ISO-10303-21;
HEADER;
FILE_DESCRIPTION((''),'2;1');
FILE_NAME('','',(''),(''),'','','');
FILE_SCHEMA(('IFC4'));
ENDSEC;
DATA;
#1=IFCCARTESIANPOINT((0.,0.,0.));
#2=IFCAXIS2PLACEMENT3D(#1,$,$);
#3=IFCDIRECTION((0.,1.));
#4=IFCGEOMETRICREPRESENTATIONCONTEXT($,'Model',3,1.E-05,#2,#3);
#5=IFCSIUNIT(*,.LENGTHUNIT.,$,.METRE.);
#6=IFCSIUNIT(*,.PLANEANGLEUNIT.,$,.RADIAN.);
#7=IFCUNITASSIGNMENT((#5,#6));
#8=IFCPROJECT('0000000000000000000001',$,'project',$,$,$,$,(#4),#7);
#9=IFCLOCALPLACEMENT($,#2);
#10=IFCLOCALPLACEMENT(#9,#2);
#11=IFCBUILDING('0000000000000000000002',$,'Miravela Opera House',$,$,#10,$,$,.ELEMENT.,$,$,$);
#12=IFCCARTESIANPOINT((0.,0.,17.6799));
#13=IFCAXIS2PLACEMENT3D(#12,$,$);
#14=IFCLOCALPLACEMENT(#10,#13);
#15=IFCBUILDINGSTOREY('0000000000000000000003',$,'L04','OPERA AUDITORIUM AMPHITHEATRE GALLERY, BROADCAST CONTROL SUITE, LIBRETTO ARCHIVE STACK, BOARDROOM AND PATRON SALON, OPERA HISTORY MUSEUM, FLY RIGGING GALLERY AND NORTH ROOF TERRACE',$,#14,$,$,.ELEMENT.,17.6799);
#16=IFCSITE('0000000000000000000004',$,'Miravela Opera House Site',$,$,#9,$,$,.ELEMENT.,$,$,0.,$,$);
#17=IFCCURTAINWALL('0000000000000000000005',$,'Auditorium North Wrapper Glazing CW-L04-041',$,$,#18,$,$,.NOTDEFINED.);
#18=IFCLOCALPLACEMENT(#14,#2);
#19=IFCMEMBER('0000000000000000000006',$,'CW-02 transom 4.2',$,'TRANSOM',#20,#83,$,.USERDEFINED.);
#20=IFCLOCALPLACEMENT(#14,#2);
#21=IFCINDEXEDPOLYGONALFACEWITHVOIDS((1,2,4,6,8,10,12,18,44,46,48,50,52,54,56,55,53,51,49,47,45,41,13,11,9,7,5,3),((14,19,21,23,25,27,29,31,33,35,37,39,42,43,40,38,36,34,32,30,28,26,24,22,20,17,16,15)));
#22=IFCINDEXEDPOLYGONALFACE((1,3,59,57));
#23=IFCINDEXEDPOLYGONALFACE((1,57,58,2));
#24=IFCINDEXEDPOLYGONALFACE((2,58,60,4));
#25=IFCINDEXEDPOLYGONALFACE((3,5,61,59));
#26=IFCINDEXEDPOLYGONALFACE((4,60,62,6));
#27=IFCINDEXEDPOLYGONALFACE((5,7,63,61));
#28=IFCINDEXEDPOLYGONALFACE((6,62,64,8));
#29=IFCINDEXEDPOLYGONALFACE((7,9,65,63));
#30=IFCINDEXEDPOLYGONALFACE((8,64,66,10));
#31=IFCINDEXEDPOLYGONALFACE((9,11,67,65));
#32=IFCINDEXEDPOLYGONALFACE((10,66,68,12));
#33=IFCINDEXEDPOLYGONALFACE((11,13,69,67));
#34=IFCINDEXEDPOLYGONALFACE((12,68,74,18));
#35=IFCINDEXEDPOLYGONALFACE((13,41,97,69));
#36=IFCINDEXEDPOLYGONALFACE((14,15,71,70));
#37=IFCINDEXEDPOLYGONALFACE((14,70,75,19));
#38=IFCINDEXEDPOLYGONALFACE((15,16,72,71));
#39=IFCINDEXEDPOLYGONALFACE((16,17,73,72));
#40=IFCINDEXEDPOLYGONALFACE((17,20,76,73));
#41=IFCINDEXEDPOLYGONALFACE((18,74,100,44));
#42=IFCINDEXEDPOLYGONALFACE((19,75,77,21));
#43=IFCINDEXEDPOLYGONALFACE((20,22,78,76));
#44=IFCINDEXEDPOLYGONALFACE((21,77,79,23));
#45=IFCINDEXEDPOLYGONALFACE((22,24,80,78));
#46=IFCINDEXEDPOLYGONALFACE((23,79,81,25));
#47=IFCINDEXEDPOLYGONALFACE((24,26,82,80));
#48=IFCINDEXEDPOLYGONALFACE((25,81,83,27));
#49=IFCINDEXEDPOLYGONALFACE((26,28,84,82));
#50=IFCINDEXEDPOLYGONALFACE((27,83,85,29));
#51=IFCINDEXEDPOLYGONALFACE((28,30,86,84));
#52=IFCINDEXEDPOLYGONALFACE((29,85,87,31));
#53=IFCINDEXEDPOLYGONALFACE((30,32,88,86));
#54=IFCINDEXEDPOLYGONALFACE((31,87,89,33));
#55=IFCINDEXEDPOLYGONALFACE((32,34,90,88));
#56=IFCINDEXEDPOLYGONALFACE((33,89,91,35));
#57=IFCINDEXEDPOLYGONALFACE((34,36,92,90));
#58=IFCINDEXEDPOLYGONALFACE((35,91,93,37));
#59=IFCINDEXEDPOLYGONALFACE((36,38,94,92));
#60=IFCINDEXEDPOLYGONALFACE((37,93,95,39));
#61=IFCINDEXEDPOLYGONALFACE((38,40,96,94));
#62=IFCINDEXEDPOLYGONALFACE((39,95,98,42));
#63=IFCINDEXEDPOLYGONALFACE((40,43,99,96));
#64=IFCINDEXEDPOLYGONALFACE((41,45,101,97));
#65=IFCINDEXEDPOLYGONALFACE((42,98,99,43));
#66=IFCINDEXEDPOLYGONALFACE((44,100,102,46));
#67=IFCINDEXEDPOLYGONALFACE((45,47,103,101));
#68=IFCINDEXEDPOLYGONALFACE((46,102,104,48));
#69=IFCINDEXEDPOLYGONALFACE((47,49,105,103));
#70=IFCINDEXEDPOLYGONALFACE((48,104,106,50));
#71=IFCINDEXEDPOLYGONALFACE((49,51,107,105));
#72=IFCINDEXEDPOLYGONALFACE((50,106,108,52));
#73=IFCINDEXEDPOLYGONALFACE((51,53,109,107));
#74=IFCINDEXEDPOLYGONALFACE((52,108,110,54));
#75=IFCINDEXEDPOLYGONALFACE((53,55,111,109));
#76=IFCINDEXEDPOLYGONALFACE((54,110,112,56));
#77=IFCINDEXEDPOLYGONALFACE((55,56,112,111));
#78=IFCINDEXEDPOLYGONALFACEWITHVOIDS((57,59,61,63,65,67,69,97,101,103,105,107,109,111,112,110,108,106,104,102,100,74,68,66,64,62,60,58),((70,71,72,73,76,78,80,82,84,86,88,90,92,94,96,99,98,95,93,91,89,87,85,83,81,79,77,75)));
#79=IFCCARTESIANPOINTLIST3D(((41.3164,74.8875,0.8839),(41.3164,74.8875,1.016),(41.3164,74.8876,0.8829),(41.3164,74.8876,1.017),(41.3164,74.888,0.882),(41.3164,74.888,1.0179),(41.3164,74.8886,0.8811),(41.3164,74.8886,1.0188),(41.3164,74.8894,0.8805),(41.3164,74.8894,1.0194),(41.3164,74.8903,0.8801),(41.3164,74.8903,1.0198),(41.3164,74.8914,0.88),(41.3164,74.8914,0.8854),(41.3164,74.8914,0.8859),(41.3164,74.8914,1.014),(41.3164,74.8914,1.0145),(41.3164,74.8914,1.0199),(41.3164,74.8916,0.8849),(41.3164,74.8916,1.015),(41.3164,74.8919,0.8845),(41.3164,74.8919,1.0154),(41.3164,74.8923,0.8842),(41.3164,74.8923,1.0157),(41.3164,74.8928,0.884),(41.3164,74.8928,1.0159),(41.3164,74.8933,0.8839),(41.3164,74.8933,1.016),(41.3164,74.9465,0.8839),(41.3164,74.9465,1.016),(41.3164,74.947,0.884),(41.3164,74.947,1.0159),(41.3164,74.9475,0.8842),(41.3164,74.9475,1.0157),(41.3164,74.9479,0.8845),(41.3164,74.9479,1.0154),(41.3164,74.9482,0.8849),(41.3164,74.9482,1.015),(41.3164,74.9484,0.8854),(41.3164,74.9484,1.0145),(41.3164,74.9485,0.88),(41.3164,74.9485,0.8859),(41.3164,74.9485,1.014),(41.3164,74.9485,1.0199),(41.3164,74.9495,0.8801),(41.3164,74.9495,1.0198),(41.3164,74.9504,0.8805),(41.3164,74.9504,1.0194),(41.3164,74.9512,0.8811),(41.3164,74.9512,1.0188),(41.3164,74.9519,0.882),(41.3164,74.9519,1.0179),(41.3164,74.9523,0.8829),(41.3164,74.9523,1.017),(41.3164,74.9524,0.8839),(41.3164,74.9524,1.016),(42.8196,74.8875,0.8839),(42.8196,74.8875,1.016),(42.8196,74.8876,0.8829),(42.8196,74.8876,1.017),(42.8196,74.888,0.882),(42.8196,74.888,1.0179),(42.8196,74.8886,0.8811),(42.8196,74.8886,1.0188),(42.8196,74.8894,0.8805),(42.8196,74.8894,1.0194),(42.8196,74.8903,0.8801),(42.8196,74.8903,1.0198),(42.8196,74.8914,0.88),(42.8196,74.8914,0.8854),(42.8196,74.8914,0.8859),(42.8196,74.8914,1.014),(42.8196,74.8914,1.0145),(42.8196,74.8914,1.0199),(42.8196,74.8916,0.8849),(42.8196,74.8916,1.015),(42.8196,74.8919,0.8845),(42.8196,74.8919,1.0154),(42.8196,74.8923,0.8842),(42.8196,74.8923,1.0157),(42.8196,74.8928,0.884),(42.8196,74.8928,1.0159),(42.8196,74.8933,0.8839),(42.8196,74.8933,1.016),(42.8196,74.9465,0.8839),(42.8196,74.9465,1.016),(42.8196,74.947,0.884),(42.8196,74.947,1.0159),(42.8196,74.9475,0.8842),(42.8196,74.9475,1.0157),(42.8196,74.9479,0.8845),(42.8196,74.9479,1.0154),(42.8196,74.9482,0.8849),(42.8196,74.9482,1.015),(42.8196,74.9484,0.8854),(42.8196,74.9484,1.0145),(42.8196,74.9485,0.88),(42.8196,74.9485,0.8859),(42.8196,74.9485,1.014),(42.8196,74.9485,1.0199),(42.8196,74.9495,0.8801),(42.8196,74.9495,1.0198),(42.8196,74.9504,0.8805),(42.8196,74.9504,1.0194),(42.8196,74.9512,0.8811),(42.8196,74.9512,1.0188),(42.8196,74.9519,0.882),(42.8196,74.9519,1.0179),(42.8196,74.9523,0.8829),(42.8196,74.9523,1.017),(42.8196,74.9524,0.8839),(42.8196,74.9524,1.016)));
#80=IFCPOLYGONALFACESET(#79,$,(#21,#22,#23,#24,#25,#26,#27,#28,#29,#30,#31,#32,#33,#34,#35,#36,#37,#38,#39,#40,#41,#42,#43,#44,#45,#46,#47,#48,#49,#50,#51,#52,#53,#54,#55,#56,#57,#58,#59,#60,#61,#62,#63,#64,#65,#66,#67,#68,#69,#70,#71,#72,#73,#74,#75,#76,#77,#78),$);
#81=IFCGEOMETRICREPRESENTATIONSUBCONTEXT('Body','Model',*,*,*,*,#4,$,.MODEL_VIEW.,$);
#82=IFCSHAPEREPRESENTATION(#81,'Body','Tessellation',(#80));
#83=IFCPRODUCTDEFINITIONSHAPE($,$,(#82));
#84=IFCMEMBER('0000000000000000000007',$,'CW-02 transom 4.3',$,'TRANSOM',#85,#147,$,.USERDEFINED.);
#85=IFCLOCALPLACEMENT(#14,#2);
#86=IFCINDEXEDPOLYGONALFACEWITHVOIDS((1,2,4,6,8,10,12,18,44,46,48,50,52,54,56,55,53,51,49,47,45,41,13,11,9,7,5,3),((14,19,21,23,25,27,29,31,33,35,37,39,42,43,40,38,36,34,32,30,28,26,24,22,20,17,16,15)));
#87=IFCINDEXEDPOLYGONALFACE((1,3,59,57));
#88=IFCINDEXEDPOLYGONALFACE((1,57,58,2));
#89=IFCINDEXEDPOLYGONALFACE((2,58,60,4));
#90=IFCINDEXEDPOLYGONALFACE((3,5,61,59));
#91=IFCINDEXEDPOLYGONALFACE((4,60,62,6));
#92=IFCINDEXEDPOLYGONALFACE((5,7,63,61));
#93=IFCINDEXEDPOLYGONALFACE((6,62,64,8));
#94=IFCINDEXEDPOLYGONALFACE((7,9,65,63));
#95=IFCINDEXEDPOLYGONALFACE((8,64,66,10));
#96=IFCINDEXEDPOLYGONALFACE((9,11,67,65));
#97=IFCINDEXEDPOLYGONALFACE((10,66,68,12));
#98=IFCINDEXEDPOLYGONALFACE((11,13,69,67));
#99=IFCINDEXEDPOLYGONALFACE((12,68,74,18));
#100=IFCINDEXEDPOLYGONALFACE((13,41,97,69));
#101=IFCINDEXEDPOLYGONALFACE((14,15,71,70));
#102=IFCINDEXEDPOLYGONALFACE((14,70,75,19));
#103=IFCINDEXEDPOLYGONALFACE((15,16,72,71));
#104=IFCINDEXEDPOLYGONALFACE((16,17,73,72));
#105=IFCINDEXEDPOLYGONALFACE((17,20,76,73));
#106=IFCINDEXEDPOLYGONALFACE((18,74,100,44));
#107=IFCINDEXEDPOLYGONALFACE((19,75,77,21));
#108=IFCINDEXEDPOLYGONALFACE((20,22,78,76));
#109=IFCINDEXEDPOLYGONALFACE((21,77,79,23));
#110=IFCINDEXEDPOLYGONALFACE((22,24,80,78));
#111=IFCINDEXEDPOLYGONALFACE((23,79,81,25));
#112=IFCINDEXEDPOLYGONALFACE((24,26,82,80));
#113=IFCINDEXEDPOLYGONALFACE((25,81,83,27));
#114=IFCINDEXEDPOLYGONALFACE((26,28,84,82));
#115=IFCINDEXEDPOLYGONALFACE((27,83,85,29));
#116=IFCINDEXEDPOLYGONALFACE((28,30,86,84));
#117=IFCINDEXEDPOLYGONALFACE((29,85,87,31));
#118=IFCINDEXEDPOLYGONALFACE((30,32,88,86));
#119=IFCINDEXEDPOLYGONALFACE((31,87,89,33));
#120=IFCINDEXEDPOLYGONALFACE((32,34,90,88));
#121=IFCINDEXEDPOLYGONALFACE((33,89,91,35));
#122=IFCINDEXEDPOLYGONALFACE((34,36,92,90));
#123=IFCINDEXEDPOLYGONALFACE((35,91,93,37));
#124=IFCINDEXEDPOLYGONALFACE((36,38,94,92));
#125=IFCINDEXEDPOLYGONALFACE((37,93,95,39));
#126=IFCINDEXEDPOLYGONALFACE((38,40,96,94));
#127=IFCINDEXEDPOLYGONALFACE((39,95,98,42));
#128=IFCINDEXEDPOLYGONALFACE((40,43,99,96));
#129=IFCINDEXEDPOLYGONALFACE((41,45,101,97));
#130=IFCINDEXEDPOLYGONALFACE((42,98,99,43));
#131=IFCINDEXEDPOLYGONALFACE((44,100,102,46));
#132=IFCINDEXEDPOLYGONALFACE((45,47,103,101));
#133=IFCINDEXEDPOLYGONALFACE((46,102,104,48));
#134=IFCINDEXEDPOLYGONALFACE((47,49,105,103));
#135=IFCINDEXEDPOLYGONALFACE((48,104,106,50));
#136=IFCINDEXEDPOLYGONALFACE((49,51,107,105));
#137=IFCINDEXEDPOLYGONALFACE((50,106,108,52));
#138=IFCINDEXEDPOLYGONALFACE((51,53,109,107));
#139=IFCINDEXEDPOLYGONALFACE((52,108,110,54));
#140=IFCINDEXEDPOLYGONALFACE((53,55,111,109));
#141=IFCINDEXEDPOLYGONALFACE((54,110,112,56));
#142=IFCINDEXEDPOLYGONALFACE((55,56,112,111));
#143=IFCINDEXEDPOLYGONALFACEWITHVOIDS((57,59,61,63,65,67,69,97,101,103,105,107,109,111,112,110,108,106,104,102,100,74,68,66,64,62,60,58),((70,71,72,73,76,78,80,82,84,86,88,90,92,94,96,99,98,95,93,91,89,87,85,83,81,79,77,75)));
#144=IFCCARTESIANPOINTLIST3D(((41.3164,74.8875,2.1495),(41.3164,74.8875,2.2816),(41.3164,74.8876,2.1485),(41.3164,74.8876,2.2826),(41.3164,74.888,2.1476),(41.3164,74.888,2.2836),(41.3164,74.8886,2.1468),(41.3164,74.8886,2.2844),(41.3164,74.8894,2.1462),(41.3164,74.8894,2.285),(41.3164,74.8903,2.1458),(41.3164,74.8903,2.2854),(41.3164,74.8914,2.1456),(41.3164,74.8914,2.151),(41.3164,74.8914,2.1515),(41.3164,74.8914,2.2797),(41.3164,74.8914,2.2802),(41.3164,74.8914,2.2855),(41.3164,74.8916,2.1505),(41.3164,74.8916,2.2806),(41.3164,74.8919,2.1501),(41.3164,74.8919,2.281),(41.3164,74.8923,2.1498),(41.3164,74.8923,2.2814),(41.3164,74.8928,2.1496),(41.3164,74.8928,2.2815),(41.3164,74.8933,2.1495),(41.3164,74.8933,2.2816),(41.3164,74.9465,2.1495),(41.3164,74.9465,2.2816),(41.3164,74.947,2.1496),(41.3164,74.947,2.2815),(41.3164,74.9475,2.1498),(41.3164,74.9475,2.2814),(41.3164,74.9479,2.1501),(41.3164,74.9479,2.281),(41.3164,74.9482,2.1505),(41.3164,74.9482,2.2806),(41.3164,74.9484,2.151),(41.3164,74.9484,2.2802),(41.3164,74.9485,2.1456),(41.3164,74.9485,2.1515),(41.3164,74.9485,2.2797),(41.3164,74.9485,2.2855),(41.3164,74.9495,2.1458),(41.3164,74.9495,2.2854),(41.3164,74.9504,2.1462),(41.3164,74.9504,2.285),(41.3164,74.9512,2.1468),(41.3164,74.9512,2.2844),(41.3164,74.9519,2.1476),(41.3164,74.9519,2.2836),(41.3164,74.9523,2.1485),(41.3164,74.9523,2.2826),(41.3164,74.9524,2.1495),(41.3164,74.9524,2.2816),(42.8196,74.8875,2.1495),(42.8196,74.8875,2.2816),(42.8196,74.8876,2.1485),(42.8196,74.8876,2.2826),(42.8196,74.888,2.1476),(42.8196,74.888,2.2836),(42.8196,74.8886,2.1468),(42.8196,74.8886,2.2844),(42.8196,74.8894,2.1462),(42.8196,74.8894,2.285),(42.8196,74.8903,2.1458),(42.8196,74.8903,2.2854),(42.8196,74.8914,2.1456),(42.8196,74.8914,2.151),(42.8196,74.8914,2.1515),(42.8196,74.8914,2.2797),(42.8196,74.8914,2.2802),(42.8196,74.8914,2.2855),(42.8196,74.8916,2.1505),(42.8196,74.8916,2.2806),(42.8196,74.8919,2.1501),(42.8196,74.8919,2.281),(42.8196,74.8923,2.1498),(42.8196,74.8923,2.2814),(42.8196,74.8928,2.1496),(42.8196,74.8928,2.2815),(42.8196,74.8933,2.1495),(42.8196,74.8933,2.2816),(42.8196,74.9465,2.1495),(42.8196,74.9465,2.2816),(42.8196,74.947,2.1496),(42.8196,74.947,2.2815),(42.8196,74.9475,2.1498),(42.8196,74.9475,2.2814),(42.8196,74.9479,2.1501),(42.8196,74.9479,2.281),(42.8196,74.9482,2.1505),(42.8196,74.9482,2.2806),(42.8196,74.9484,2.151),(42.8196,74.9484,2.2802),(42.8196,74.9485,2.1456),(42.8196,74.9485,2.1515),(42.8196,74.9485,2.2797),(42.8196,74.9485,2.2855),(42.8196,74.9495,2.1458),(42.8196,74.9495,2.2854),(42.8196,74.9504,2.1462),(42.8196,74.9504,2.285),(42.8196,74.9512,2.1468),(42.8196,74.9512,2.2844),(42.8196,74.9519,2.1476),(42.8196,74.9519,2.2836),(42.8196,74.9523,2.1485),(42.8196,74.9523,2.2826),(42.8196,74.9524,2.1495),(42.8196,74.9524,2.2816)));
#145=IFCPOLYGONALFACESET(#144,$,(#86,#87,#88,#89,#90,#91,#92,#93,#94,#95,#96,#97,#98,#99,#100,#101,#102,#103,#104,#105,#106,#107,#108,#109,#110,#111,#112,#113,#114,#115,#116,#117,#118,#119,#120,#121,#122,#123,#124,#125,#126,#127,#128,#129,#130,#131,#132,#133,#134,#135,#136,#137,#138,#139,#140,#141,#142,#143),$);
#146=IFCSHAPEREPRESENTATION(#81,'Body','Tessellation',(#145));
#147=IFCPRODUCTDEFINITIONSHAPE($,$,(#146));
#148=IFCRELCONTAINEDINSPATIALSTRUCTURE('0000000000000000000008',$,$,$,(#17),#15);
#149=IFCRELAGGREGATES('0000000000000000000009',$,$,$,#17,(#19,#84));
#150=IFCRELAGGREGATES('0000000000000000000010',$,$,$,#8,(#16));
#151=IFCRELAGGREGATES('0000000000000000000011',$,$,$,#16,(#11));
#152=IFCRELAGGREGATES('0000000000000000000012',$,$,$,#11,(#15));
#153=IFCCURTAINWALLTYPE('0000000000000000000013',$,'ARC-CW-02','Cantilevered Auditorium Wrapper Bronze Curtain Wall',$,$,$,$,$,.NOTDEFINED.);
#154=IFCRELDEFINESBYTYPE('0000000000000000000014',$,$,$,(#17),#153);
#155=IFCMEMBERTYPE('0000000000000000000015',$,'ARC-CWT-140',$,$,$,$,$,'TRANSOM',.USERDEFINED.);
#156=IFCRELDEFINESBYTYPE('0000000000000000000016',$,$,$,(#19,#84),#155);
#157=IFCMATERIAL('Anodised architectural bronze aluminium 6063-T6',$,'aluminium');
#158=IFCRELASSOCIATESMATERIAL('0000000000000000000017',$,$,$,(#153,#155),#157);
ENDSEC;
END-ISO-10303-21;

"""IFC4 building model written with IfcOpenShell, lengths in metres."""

from ifc_helpers import new_model, si_unit, direction, frame, origin, origin_2d, place, context, subcontext, project, spatial, hollow_rectangle, extrude, material, material_profile, profile_set, type_object, element, aggregate, save


model = new_model("IFC4")

# Units and contexts
model_context = context("Model", 3, precision=1e-05, world=origin(), true_north=direction((0.0, 1.0)))
body_context = subcontext(model_context, "Body", "Model", "MODEL_VIEW")
ifc_project = project(units=[si_unit("LENGTHUNIT", "METRE"), si_unit("PLANEANGLEUNIT", "RADIAN")], contexts=[model_context])

# Site, building, storey
site_placement = place(None, origin())
site = spatial("IfcSite", under=ifc_project, at=site_placement, Name="Miravela Opera House Site", CompositionType="ELEMENT", RefElevation=0.0)
building_placement = place(site_placement, origin())
building = spatial("IfcBuilding", under=site, at=building_placement, Name="Miravela Opera House", CompositionType="ELEMENT")
storey_placement = place(building_placement, frame((0.0, 0.0, 17.6799)))
storey = spatial("IfcBuildingStorey", under=building, at=storey_placement, Name="L04", Description="OPERA AUDITORIUM AMPHITHEATRE GALLERY, BROADCAST CONTROL SUITE, LIBRETTO ARCHIVE STACK, BOARDROOM AND PATRON SALON, OPERA HISTORY MUSEUM, FLY RIGGING GALLERY AND NORTH ROOF TERRACE", CompositionType="ELEMENT", Elevation=17.6799)

# Curtain wall, members
ifc_material_1 = material(Name="Anodised architectural bronze aluminium 6063-T6", Category="aluminium")
curtain_wall_type = type_object("IfcCurtainWallType", Name="ARC-CW-02", Description="Cantilevered Auditorium Wrapper Bronze Curtain Wall", PredefinedType="NOTDEFINED", material=ifc_material_1)
curtain_wall_placement = place(storey_placement, origin())
curtain_wall = element("IfcCurtainWall", 1, at=curtain_wall_placement, inside=storey, type_object=curtain_wall_type, Name="Auditorium North Wrapper Glazing CW-L04-041", PredefinedType="NOTDEFINED")
ifc_material_profile_1 = material_profile(ifc_material_1, hollow_rectangle(XDim=0.0649, YDim=0.1399, WallThickness=0.0039, InnerFilletRadius=0.002, OuterFilletRadius=0.0039, at=origin_2d()), Name="CWT-65X140")
ifc_profile_set_1 = profile_set([ifc_material_profile_1])
member_type_1 = type_object("IfcMemberType", Name="ARC-CWT-140", ElementType="TRANSOM", PredefinedType="USERDEFINED", material=ifc_profile_set_1)
member_1_placement = place(storey_placement, frame((41.3164, 74.9199, 0.95), z_axis=(1.0, 0.0, 0.0), x_axis=(0.0, 1.0, 0.0)))
member_1 = element("IfcMember", 2, at=member_1_placement, type_object=member_type_1, Name="CW-02 transom 4.2", ObjectType="TRANSOM", PredefinedType="USERDEFINED", context=body_context, shape_type="SweptSolid", body=[
    extrude(hollow_rectangle(XDim=0.0649, YDim=0.1399, WallThickness=0.0039, InnerFilletRadius=0.002, OuterFilletRadius=0.0039, at=origin_2d()), origin(), (0.0, 0.0, 1.0), 1.5032),
])
member_2_placement = place(storey_placement, frame((41.3164, 74.9199, 2.2156), z_axis=(1.0, 0.0, 0.0), x_axis=(0.0, 1.0, 0.0)))
member_2 = element("IfcMember", 3, at=member_2_placement, type_object=member_type_1, Name="CW-02 transom 4.3", ObjectType="TRANSOM", PredefinedType="USERDEFINED", context=body_context, shape_type="SweptSolid", body=[
    extrude(hollow_rectangle(XDim=0.0649, YDim=0.1399, WallThickness=0.0039, InnerFilletRadius=0.002, OuterFilletRadius=0.0039, at=origin_2d()), origin(), (0.0, 0.0, 1.0), 1.5032),
])
aggregate(curtain_wall, [member_1, member_2])

save(model, "model.ifc")
